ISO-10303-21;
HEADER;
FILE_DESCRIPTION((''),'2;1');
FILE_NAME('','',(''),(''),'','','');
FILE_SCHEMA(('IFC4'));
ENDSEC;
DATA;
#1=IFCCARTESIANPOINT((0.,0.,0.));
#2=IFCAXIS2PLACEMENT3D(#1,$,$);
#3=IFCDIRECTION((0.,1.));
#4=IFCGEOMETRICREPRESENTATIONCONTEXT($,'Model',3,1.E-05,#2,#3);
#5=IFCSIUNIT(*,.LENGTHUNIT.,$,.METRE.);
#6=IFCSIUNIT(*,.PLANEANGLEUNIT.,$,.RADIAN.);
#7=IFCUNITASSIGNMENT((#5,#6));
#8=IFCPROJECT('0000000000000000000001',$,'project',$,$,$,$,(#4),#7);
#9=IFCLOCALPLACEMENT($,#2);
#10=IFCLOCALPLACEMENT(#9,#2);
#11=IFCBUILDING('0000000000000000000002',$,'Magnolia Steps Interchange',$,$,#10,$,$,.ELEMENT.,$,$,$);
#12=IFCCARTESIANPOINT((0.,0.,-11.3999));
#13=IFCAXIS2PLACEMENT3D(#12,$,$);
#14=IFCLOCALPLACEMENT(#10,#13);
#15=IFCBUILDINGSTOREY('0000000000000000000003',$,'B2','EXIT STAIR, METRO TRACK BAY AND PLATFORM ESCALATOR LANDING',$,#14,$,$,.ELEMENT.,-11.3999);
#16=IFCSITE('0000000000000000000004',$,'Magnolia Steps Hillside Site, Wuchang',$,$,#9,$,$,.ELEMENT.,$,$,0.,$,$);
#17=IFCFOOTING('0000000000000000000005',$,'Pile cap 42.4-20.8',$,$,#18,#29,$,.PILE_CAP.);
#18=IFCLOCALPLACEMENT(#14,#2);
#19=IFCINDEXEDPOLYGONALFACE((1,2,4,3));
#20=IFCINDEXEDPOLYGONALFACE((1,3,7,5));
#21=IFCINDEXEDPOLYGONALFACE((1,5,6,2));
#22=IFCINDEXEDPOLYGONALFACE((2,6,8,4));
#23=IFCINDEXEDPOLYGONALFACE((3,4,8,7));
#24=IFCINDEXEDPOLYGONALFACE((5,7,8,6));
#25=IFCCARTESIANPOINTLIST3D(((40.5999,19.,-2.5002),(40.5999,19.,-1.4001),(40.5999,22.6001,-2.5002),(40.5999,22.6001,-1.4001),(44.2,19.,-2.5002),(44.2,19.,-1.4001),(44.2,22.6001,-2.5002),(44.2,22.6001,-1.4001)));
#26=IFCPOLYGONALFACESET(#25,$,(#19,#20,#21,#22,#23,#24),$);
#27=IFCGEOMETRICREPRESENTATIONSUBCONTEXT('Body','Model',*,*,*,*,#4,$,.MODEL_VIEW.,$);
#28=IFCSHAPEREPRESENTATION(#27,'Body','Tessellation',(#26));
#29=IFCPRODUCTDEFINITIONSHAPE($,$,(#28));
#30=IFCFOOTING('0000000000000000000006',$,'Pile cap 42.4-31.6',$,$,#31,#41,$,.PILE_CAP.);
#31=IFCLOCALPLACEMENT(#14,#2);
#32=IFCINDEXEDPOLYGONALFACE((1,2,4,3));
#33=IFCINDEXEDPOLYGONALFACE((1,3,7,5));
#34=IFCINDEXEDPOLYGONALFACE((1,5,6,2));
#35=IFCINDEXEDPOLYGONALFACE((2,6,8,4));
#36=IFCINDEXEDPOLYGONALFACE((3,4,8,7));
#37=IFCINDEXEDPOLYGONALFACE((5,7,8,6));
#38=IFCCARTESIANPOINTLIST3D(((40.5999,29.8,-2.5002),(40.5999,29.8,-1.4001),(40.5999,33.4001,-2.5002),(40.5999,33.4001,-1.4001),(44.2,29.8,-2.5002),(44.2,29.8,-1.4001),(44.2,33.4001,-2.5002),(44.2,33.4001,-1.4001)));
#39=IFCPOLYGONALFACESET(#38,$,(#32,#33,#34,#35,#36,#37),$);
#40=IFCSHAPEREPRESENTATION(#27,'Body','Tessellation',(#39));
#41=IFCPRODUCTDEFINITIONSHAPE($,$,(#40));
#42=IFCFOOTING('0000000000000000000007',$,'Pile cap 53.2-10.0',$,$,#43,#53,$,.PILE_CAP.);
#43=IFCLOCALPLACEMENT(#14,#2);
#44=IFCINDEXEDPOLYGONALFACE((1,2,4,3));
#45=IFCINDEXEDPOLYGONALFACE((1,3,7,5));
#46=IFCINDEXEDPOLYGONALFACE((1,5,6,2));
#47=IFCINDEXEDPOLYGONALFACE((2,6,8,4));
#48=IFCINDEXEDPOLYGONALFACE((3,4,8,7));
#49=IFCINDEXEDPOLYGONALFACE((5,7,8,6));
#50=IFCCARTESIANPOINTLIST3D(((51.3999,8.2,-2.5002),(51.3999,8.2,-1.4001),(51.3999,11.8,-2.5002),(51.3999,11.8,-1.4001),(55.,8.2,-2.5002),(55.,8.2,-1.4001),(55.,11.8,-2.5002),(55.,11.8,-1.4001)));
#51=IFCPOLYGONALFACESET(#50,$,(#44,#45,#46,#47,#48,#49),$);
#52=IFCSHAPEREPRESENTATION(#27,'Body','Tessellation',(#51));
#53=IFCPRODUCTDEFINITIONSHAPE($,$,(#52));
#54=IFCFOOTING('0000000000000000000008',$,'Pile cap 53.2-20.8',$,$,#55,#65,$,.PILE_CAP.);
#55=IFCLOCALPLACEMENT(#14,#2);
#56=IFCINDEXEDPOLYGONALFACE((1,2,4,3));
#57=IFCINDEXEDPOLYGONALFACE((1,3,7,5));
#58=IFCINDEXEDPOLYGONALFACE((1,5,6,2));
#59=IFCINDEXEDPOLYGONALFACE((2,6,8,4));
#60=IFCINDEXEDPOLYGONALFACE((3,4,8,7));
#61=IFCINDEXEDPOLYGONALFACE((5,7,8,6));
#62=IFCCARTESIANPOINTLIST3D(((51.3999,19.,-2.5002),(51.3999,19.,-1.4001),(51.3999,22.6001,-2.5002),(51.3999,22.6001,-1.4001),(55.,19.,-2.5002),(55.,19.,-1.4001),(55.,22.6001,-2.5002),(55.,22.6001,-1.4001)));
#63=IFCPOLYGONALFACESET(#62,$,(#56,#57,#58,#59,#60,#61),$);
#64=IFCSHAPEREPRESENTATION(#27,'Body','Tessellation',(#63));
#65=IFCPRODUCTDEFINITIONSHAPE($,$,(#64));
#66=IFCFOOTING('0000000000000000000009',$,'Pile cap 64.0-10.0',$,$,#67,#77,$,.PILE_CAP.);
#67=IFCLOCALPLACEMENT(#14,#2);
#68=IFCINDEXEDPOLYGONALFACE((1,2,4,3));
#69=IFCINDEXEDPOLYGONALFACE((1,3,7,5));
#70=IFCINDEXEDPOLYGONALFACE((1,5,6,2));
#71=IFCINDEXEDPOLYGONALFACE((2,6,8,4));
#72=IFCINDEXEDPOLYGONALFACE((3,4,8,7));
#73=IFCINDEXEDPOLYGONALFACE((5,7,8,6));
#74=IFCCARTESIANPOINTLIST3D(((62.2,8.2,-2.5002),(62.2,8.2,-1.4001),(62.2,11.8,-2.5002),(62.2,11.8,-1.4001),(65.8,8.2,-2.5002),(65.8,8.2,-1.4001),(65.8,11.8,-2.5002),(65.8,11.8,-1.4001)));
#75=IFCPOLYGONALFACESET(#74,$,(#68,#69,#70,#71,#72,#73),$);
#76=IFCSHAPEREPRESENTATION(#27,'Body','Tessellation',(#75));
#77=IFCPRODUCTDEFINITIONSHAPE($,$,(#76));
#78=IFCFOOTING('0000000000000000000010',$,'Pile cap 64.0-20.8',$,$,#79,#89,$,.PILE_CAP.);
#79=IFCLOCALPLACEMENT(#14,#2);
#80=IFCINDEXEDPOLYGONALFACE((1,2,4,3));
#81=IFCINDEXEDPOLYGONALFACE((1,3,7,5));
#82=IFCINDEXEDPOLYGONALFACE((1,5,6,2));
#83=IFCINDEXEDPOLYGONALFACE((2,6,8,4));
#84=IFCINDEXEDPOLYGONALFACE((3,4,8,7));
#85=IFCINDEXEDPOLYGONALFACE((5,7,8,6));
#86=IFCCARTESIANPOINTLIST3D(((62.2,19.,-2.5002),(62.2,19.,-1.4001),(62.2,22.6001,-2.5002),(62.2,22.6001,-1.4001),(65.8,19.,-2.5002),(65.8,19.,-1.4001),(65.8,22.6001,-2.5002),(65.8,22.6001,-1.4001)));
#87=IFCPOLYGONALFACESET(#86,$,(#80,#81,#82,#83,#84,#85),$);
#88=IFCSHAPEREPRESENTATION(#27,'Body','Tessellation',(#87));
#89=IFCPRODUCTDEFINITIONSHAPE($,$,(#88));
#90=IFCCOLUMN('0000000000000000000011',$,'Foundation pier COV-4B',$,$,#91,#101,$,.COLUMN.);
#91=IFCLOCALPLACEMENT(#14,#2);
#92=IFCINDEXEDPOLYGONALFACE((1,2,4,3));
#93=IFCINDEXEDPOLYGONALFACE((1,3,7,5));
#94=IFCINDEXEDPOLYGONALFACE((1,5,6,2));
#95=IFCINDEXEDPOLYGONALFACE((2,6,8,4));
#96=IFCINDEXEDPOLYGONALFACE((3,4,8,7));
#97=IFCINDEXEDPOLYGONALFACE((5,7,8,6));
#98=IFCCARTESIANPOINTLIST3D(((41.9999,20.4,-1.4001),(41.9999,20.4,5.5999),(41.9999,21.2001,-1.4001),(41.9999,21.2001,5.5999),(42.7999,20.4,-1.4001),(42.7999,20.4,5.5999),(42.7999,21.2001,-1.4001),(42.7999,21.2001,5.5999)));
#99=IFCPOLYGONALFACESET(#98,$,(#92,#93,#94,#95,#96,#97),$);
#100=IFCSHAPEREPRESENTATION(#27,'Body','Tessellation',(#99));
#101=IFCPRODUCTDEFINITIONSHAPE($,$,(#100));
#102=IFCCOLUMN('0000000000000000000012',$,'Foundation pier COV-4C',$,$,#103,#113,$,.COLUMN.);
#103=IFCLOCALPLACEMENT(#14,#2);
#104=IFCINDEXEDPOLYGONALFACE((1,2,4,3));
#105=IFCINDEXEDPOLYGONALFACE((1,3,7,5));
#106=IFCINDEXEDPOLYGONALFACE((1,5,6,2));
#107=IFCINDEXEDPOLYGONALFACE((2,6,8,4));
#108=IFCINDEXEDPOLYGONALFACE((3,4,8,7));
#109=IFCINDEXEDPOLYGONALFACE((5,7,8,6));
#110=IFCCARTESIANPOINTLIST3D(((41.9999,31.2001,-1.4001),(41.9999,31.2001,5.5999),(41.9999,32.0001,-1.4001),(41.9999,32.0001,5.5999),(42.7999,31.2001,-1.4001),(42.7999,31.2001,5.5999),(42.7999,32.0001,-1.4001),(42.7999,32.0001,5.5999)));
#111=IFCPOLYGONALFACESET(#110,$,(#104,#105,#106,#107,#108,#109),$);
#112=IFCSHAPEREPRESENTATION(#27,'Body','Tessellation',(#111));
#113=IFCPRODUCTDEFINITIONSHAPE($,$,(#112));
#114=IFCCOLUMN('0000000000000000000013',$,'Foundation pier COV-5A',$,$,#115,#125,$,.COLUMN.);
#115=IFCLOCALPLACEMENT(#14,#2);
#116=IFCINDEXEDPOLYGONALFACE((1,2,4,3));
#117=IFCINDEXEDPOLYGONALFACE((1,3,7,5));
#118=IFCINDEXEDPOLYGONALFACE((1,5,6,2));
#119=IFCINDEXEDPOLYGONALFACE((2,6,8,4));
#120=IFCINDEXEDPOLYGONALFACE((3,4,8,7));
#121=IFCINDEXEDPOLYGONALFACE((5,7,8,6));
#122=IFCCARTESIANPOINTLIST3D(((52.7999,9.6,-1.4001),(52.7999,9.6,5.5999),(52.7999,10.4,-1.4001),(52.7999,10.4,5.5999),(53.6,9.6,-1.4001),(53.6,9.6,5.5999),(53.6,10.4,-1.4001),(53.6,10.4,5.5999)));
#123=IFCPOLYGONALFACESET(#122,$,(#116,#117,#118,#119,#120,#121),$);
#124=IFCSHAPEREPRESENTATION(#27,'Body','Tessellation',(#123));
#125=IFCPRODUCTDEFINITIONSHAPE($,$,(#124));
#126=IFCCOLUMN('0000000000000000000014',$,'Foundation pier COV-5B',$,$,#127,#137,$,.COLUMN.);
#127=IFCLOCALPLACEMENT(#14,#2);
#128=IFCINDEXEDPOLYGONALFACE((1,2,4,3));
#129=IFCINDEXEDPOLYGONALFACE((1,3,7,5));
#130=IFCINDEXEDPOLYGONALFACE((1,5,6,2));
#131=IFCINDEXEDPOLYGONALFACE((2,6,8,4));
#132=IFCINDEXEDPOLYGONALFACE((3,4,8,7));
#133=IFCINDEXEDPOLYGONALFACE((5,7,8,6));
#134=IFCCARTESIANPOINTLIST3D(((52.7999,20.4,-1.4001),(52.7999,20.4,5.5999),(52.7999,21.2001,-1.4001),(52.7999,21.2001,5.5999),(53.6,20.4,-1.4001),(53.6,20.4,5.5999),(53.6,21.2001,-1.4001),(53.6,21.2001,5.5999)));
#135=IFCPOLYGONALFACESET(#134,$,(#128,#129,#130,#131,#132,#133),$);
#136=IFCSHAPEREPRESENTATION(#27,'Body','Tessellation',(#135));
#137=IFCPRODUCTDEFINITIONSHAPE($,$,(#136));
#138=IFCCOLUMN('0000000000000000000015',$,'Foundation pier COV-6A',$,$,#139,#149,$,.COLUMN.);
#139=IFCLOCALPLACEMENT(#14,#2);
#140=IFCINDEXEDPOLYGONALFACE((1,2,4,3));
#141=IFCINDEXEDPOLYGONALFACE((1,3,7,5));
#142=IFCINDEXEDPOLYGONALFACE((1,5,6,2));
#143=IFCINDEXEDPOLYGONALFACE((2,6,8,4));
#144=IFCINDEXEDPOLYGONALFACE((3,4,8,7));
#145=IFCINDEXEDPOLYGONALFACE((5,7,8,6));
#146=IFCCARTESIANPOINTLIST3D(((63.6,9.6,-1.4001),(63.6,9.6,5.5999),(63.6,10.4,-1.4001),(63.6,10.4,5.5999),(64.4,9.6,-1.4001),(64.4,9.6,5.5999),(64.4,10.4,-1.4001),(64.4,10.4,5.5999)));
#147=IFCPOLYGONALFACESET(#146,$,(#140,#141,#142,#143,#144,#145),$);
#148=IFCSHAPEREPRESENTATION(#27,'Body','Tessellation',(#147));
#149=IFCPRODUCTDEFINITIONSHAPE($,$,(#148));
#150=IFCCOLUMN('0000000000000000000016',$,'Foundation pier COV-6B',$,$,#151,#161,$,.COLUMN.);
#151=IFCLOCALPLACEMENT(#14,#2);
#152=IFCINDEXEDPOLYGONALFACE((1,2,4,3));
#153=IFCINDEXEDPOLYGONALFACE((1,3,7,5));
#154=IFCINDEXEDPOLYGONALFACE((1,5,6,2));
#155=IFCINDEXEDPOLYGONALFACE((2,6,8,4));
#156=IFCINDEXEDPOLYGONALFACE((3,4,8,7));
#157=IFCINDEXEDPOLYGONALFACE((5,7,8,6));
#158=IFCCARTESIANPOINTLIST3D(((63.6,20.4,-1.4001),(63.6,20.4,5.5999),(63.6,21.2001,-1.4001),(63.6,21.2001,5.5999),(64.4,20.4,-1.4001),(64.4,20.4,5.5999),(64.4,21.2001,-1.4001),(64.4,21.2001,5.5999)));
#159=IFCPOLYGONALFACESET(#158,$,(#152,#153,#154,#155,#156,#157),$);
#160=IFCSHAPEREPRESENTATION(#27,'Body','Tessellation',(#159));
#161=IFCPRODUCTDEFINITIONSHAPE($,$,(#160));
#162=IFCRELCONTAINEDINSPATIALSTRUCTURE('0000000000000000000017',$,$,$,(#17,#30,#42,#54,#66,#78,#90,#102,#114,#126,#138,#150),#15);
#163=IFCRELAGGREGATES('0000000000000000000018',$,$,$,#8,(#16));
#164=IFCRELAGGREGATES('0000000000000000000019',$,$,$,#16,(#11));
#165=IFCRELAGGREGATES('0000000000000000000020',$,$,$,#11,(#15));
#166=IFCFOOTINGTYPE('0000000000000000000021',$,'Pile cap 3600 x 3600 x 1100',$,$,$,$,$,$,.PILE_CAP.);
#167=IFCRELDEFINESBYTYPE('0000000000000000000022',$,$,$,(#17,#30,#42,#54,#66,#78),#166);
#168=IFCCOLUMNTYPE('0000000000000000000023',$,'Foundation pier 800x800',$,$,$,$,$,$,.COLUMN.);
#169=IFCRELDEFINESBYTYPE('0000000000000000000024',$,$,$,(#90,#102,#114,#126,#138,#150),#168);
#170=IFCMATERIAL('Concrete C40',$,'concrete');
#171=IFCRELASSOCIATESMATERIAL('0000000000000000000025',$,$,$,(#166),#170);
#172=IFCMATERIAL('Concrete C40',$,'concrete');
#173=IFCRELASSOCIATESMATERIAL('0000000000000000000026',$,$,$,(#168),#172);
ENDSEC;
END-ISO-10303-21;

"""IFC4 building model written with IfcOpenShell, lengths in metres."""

from ifc_helpers import new_model, si_unit, direction, frame, origin, origin_2d, place, context, subcontext, project, spatial, rectangle, extrude, material, material_profile, profile_set, type_object, element, save


model = new_model("IFC4")

# Units and contexts
model_context = context("Model", 3, precision=1e-05, world=origin(), true_north=direction((0.0, 1.0)))
body_context = subcontext(model_context, "Body", "Model", "MODEL_VIEW")
ifc_project = project(units=[si_unit("LENGTHUNIT", "METRE"), si_unit("PLANEANGLEUNIT", "RADIAN")], contexts=[model_context])

# Site, building, storey
site_placement = place(None, origin())
site = spatial("IfcSite", under=ifc_project, at=site_placement, Name="Magnolia Steps Hillside Site, Wuchang", CompositionType="ELEMENT", RefElevation=0.0)
building_placement = place(site_placement, origin())
building = spatial("IfcBuilding", under=site, at=building_placement, Name="Magnolia Steps Interchange", CompositionType="ELEMENT")
storey_placement = place(building_placement, frame((0.0, 0.0, -11.3999)))
storey = spatial("IfcBuildingStorey", under=building, at=storey_placement, Name="B2", Description="EXIT STAIR, METRO TRACK BAY AND PLATFORM ESCALATOR LANDING", CompositionType="ELEMENT", Elevation=-11.3999)

# Footings
ifc_material_1 = material(Name="Concrete C40", Category="concrete")
footing_type = type_object("IfcFootingType", Name="Pile cap 3600 x 3600 x 1100", PredefinedType="PILE_CAP", material=ifc_material_1)
for number, where, z_axis, x_axis, name in (
    (1, (42.3999, 20.8, -2.5002), (0.0, 0.0, 1.0), (1.0, 0.0, 0.0), "Pile cap 42.4-20.8"),
    (2, (42.3999, 31.6001, -2.5002), (0.0, 0.0, 1.0), (1.0, 0.0, 0.0), "Pile cap 42.4-31.6"),
    (3, (53.2, 10.0, -2.5002), (0.0, 0.0, 1.0), (1.0, 0.0, 0.0), "Pile cap 53.2-10.0"),
    (4, (53.2, 20.8, -2.5002), (0.0, 0.0, 1.0), (1.0, 0.0, 0.0), "Pile cap 53.2-20.8"),
    (5, (64.0, 10.0, -2.5002), (0.0, 0.0, 1.0), (1.0, 0.0, 0.0), "Pile cap 64.0-10.0"),
    (6, (64.0, 20.8, -2.5002), (0.0, 0.0, 1.0), (1.0, 0.0, 0.0), "Pile cap 64.0-20.8"),
):
    element("IfcFooting", number, at=place(storey_placement, frame(where, z_axis=z_axis, x_axis=x_axis)), inside=storey, type_object=footing_type, Name=name, PredefinedType="PILE_CAP", context=body_context, shape_type="SweptSolid", body=[
        extrude(rectangle(XDim=3.6001, YDim=3.6001, at=origin_2d()), origin(), (0.0, 0.0, 1.0), 1.1001),
    ])

# Columns
ifc_material_2 = material(Name="Concrete C40", Category="concrete")
ifc_material_profile_1 = material_profile(ifc_material_2, rectangle(XDim=0.8, YDim=0.8, at=origin_2d()), Name="RC800x800")
ifc_profile_set_1 = profile_set([ifc_material_profile_1], Name="Concrete C40")
column_type = type_object("IfcColumnType", Name="Foundation pier 800x800", PredefinedType="COLUMN", material=ifc_profile_set_1)
for number, where, z_axis, x_axis, name in (
    (7, (42.3999, 20.8, -1.4001), (0.0, 0.0, 1.0), (1.0, 0.0, 0.0), "Foundation pier COV-4B"),
    (8, (42.3999, 31.6001, -1.4001), (0.0, 0.0, 1.0), (1.0, 0.0, 0.0), "Foundation pier COV-4C"),
    (9, (53.2, 10.0, -1.4001), (0.0, 0.0, 1.0), (1.0, 0.0, 0.0), "Foundation pier COV-5A"),
    (10, (53.2, 20.8, -1.4001), (0.0, 0.0, 1.0), (1.0, 0.0, 0.0), "Foundation pier COV-5B"),
    (11, (64.0, 10.0, -1.4001), (0.0, 0.0, 1.0), (1.0, 0.0, 0.0), "Foundation pier COV-6A"),
    (12, (64.0, 20.8, -1.4001), (0.0, 0.0, 1.0), (1.0, 0.0, 0.0), "Foundation pier COV-6B"),
):
    element("IfcColumn", number, at=place(storey_placement, frame(where, z_axis=z_axis, x_axis=x_axis)), inside=storey, type_object=column_type, Name=name, PredefinedType="COLUMN", context=body_context, shape_type="SweptSolid", body=[
        extrude(rectangle(XDim=0.8, YDim=0.8, at=origin_2d()), origin(), (0.0, 0.0, 1.0), 7.0),
    ])

save(model, "model.ifc")
